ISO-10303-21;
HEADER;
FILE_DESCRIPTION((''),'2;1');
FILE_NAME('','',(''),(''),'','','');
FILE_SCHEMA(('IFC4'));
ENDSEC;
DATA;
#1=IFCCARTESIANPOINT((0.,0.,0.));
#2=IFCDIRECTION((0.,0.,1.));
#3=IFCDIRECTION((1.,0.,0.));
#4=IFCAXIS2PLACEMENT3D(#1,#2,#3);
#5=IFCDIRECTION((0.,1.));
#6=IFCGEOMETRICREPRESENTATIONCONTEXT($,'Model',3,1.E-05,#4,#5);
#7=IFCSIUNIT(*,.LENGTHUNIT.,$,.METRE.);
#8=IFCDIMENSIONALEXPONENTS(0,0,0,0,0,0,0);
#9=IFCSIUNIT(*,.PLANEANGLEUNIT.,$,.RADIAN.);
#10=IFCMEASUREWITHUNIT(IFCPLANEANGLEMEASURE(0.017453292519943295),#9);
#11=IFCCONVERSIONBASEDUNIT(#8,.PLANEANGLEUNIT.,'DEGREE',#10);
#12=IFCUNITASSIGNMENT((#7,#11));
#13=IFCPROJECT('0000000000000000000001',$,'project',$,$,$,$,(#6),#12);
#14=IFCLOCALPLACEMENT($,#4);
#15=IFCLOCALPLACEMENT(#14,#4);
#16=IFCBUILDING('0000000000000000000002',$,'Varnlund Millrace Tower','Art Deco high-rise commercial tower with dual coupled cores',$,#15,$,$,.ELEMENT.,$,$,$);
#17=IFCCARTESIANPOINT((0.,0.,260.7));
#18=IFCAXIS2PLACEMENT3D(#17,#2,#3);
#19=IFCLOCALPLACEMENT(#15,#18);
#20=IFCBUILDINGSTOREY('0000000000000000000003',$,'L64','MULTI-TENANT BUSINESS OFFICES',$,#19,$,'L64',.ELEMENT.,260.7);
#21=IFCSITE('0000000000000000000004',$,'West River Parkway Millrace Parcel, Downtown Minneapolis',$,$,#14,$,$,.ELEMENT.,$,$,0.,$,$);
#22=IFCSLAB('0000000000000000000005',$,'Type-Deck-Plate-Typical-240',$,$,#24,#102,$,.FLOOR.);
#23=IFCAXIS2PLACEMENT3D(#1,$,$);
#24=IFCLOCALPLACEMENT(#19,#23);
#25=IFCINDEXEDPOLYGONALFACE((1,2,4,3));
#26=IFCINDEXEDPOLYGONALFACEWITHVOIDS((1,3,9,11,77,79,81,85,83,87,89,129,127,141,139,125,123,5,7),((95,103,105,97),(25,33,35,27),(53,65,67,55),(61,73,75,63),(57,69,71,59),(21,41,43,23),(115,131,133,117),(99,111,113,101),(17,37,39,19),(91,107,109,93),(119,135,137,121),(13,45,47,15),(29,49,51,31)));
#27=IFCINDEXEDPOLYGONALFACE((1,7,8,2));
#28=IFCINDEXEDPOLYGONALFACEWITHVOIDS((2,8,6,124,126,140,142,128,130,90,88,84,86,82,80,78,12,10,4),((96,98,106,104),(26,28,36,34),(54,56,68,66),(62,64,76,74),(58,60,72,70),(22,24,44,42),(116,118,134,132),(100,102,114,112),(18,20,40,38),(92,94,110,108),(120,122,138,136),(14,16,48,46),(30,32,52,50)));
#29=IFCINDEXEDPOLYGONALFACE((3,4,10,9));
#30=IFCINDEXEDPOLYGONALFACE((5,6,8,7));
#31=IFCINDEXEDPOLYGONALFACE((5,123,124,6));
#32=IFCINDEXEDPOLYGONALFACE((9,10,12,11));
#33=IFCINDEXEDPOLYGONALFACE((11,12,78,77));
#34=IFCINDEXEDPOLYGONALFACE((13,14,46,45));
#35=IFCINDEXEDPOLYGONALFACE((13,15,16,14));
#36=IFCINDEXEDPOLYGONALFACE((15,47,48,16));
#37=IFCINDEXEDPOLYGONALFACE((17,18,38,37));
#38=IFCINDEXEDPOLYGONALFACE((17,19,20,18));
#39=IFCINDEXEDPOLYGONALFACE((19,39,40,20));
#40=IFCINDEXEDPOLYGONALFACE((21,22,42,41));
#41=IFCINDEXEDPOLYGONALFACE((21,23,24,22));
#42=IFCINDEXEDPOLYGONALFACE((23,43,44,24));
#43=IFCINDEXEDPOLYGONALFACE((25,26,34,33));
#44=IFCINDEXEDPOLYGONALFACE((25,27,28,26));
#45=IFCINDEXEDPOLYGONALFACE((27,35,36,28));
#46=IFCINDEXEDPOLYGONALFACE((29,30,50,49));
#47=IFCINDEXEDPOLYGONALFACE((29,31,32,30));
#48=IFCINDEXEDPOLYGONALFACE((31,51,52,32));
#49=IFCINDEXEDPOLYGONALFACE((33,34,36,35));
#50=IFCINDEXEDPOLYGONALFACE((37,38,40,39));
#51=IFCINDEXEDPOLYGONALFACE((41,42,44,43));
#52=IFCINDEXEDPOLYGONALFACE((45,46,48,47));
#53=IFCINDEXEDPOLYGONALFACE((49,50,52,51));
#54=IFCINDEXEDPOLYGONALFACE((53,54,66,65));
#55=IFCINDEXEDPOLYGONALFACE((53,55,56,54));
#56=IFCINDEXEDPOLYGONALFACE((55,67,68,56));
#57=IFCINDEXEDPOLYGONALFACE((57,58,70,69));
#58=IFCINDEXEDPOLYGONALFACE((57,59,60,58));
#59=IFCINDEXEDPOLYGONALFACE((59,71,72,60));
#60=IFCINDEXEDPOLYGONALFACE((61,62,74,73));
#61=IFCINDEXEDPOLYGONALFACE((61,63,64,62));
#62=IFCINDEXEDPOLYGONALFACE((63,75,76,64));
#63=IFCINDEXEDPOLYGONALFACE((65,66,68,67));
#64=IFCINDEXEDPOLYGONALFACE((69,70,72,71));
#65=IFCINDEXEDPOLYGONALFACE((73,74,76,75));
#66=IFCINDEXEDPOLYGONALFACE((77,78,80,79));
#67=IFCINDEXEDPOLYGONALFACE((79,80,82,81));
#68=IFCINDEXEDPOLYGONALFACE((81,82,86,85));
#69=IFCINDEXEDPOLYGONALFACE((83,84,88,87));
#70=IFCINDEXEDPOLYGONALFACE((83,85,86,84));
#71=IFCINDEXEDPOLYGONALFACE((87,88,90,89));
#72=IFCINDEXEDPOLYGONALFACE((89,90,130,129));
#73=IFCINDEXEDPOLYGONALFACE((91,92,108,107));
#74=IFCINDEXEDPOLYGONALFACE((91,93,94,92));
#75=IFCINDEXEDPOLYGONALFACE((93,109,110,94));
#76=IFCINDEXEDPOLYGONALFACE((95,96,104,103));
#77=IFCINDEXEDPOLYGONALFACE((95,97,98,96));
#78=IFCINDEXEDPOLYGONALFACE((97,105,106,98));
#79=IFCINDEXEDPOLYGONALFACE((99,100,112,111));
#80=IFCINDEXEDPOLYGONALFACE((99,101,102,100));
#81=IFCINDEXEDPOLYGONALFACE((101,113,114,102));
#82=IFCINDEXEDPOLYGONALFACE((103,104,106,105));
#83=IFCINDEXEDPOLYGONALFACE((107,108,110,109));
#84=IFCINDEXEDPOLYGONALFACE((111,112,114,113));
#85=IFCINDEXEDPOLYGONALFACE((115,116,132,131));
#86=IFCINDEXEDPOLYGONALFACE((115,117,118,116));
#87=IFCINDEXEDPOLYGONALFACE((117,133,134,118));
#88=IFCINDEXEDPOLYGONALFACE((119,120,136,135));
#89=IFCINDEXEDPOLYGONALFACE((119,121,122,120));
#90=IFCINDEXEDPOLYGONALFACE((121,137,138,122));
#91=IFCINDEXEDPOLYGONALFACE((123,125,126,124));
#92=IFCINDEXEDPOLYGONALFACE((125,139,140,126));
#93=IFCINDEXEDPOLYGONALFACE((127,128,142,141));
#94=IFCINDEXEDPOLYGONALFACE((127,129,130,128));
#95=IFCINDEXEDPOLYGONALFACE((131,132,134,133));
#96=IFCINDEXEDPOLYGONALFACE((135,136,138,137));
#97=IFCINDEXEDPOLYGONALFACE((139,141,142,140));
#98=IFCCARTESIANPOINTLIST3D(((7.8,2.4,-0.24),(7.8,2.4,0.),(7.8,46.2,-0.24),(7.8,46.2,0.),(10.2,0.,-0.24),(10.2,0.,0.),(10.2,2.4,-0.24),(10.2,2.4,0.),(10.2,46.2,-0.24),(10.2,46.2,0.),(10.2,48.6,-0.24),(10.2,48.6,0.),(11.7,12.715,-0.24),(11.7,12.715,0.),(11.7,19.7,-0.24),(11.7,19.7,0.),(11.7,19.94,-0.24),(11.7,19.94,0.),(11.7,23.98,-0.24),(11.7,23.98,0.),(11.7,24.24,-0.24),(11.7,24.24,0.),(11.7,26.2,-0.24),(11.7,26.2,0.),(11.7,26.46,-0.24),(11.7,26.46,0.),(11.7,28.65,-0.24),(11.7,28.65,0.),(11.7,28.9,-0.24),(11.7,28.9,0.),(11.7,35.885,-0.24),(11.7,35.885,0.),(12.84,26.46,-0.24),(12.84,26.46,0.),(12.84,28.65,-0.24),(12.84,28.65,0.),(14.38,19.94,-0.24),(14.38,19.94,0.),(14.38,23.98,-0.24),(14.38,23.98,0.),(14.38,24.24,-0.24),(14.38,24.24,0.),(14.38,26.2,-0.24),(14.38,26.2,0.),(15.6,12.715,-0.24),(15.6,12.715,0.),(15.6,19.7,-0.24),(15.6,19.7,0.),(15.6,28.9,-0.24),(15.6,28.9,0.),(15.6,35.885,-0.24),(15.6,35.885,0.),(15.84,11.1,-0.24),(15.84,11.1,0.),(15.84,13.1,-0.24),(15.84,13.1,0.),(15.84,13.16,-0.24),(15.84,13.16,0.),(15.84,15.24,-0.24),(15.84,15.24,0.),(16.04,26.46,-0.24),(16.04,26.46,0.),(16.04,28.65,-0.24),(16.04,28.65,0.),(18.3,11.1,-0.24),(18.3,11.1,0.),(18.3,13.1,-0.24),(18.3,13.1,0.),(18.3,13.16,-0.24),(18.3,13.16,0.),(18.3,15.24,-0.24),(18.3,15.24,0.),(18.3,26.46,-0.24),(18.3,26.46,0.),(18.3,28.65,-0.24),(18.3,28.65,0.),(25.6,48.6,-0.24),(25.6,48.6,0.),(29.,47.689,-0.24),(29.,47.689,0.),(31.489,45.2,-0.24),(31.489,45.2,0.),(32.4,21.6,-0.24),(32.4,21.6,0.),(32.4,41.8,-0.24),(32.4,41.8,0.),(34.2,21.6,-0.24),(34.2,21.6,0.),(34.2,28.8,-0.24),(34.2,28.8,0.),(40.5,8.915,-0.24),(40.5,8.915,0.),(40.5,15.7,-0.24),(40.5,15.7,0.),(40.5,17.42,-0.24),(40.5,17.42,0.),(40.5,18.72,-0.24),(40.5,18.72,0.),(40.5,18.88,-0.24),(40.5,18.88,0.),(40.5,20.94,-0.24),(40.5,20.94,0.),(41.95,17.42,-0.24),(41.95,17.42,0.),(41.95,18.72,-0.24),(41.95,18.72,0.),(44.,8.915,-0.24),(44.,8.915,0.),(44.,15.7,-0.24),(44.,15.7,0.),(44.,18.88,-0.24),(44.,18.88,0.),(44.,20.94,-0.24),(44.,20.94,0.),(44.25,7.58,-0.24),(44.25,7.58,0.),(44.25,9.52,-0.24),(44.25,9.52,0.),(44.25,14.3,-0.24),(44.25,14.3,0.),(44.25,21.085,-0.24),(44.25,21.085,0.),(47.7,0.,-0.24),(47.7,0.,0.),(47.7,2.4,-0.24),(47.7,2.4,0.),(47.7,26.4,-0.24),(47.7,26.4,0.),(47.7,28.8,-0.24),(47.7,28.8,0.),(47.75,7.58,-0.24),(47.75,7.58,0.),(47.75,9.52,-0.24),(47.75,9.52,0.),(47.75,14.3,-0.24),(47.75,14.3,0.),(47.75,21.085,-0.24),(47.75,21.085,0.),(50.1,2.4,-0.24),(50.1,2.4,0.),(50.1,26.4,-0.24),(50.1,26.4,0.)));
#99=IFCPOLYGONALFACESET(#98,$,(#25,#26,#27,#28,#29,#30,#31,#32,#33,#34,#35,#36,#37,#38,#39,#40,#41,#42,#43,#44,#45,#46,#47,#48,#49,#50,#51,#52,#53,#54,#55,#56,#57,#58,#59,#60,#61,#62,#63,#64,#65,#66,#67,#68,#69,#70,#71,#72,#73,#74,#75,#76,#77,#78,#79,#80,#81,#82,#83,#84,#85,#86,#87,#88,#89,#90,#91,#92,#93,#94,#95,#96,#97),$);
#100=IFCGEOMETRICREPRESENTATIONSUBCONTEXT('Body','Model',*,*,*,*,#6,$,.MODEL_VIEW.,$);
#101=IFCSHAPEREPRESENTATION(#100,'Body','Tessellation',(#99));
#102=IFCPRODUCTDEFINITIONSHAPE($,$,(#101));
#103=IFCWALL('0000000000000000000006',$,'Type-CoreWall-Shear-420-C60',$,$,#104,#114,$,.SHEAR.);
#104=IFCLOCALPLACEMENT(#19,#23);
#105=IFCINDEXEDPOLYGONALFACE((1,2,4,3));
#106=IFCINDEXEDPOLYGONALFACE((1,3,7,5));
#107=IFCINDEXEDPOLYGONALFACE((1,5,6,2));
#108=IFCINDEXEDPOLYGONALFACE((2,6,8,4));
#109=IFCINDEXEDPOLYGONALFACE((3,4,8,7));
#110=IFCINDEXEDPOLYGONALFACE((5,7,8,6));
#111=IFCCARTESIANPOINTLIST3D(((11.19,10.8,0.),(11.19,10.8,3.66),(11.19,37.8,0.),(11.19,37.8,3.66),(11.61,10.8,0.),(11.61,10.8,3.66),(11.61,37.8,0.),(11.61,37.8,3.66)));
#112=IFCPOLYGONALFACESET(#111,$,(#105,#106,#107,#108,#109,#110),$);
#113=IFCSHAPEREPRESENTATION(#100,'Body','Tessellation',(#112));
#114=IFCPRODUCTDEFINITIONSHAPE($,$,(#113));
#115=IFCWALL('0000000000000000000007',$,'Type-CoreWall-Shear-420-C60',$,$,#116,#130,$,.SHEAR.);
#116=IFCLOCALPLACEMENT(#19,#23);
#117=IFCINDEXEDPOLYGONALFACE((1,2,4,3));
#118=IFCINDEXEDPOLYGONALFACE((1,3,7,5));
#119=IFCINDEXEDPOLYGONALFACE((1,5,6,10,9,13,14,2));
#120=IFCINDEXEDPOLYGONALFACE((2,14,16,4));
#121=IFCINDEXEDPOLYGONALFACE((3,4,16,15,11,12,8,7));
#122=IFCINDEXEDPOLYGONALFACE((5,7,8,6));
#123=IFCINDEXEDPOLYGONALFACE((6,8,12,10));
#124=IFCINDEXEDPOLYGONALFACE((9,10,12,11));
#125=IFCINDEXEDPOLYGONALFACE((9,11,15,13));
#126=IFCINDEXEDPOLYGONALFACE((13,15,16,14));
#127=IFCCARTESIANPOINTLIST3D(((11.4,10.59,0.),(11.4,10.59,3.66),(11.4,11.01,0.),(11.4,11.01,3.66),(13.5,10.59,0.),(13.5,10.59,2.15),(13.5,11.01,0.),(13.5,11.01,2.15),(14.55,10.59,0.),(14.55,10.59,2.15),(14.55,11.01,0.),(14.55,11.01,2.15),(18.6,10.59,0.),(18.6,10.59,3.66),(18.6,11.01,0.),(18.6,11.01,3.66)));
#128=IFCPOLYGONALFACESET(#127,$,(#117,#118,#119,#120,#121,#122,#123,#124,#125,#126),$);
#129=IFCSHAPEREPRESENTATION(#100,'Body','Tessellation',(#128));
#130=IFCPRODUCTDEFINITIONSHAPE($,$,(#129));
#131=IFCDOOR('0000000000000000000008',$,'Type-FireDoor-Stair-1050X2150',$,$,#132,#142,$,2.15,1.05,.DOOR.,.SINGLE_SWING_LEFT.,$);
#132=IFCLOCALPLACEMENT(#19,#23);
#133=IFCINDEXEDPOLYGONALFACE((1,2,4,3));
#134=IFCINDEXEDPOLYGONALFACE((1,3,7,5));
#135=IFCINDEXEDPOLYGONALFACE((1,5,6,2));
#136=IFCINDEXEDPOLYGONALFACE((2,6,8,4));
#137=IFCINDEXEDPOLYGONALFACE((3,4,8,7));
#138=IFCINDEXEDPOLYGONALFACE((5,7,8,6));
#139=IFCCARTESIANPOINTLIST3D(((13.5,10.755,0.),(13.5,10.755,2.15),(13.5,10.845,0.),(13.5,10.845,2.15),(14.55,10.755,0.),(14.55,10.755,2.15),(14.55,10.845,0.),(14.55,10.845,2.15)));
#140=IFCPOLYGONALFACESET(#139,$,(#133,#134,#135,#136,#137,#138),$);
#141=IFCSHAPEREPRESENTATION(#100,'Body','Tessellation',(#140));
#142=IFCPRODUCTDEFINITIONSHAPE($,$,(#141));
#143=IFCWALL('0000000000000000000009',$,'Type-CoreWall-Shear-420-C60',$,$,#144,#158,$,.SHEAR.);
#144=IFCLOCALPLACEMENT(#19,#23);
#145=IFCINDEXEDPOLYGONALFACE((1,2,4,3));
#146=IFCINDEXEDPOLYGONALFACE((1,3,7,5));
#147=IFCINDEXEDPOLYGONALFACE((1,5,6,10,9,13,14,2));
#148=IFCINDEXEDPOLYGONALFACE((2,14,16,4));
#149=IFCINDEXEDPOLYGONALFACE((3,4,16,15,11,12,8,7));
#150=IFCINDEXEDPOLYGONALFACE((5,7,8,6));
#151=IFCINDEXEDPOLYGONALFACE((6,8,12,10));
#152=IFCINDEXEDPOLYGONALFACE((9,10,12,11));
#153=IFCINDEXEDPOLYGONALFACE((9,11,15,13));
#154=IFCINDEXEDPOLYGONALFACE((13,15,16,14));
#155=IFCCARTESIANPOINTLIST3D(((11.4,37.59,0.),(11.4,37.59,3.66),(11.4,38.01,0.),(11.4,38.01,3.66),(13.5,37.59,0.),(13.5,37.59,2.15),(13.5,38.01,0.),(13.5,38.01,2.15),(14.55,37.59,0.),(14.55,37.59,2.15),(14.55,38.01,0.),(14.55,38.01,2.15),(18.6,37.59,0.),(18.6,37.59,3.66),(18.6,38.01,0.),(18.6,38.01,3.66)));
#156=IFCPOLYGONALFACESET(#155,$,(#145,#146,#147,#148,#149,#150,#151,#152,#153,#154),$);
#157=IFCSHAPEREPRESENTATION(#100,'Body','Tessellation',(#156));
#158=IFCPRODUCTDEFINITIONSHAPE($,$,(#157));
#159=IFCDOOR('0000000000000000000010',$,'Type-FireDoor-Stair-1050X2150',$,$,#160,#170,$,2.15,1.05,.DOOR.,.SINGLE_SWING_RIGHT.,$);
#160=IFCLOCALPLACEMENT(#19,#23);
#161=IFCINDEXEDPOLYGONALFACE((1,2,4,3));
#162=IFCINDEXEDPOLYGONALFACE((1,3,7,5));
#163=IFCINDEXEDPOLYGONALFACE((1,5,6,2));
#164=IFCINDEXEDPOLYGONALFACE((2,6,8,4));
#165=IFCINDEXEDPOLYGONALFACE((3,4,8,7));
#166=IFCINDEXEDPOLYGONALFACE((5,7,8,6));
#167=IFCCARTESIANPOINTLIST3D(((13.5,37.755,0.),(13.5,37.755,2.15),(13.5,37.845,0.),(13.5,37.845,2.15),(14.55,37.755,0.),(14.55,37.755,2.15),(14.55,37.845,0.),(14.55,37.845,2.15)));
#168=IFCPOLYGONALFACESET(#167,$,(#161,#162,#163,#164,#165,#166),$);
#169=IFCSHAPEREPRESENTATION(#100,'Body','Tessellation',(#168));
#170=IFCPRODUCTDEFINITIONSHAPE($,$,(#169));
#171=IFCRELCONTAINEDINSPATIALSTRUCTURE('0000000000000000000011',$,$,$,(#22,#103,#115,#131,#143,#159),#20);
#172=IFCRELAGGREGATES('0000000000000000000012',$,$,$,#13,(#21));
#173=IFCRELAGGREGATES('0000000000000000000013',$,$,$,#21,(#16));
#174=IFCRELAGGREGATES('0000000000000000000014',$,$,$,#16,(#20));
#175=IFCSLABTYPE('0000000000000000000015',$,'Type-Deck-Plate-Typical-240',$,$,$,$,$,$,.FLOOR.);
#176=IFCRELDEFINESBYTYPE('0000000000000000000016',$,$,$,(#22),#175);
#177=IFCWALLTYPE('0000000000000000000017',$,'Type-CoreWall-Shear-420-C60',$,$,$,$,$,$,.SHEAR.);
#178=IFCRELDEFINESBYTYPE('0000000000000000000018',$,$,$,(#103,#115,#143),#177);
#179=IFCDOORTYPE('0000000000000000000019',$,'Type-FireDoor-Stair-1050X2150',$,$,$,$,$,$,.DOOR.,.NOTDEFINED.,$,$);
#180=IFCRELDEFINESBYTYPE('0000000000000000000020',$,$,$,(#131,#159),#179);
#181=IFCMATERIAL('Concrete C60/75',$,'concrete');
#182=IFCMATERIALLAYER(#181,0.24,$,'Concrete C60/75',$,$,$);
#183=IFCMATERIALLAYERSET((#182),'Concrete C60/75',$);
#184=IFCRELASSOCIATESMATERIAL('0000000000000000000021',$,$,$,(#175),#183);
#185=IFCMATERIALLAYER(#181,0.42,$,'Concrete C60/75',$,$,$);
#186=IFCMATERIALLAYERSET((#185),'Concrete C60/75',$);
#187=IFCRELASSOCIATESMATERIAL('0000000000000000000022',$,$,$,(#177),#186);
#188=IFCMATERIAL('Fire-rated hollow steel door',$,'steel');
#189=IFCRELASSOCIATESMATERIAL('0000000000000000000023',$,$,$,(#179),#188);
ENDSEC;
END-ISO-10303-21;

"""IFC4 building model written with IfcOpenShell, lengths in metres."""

from ifc_helpers import new_model, entity, si_unit, converted_unit, direction, frame, origin_with_axes, origin_2d_with_axis, place, context, subcontext, project, spatial, polyline, rectangle, outline, extrude, material, layer, layer_set, type_object, element, fill, save


model = new_model("IFC4")

# Units and contexts
model_context = context("Model", 3, precision=1e-05, world=origin_with_axes(), true_north=direction((0.0, 1.0)))
body_context = subcontext(model_context, "Body", "Model", "MODEL_VIEW")
ifc_project = project(units=[si_unit("LENGTHUNIT", "METRE"), converted_unit("PLANEANGLEUNIT", "DEGREE", entity("IfcPlaneAngleMeasure", 0.017453292519943295), si_unit("PLANEANGLEUNIT", "RADIAN"), dimensions=[0, 0, 0, 0, 0, 0, 0])], contexts=[model_context])

# Site, building, storey
site_placement = place(None, origin_with_axes())
site = spatial("IfcSite", under=ifc_project, at=site_placement, Name="West River Parkway Millrace Parcel, Downtown Minneapolis", CompositionType="ELEMENT", RefElevation=0.0)
building_placement = place(site_placement, origin_with_axes())
building = spatial("IfcBuilding", under=site, at=building_placement, Name="Varnlund Millrace Tower", Description="Art Deco high-rise commercial tower with dual coupled cores", CompositionType="ELEMENT")
storey_placement = place(building_placement, frame((0.0, 0.0, 260.7), z_axis=(0.0, 0.0, 1.0), x_axis=(1.0, 0.0, 0.0)))
storey = spatial("IfcBuildingStorey", under=building, at=storey_placement, Name="L64", Description="MULTI-TENANT BUSINESS OFFICES", LongName="L64", CompositionType="ELEMENT", Elevation=260.7)

# Slab
ifc_material_1 = material(Name="Concrete C60/75", Category="concrete")
ifc_layer_1 = layer(ifc_material_1, 0.24, Name="Concrete C60/75")
ifc_layer_set_1 = layer_set([ifc_layer_1], Name="Concrete C60/75")
slab_type = type_object("IfcSlabType", Name="Type-Deck-Plate-Typical-240", PredefinedType="FLOOR", material=ifc_layer_set_1)
slab_placement = place(storey_placement, frame((0.0, 0.0, -0.24), z_axis=(0.0, 0.0, 1.0), x_axis=(1.0, 0.0, 0.0)))
element("IfcSlab", 1, at=slab_placement, inside=storey, type_object=slab_type, Name="Type-Deck-Plate-Typical-240", PredefinedType="FLOOR", context=body_context, shape_type="SweptSolid", body=[
    extrude(outline(polyline([(32.4, 21.6), (32.4, 41.8), (31.489, 45.2), (29.0, 47.689), (25.6, 48.6), (10.2, 48.6), (10.2, 46.2), (7.8, 46.2), (7.8, 2.4), (10.2, 2.4), (10.2, 0.0), (47.7, 0.0), (47.7, 2.4), (50.1, 2.4), (50.1, 26.4), (47.7, 26.4), (47.7, 28.8), (34.2, 28.8), (34.2, 21.6), (32.4, 21.6)]), holes=[polyline([(18.3, 13.1), (18.3, 11.1), (15.84, 11.1), (15.84, 13.1), (18.3, 13.1)]), polyline([(15.6, 12.715), (11.7, 12.715), (11.7, 19.7), (15.6, 19.7), (15.6, 12.715)]), polyline([(11.7, 19.94), (11.7, 23.98), (14.38, 23.98), (14.38, 19.94), (11.7, 19.94)]), polyline([(14.38, 24.24), (11.7, 24.24), (11.7, 26.2), (14.38, 26.2), (14.38, 24.24)]), polyline([(12.84, 26.46), (11.7, 26.46), (11.7, 28.65), (12.84, 28.65), (12.84, 26.46)]), polyline([(15.6, 28.9), (11.7, 28.9), (11.7, 35.885), (15.6, 35.885), (15.6, 28.9)]), polyline([(47.75, 9.52), (47.75, 7.58), (44.25, 7.58), (44.25, 9.52), (47.75, 9.52)]), polyline([(44.0, 8.915), (40.5, 8.915), (40.5, 15.7), (44.0, 15.7), (44.0, 8.915)]), polyline([(18.3, 13.16), (15.84, 13.16), (15.84, 15.24), (18.3, 15.24), (18.3, 13.16)]), polyline([(47.75, 14.3), (44.25, 14.3), (44.25, 21.085), (47.75, 21.085), (47.75, 14.3)]), polyline([(41.95, 17.42), (40.5, 17.42), (40.5, 18.72), (41.95, 18.72), (41.95, 17.42)]), polyline([(44.0, 18.88), (40.5, 18.88), (40.5, 20.94), (44.0, 20.94), (44.0, 18.88)]), polyline([(18.3, 26.46), (16.04, 26.46), (16.04, 28.65), (18.3, 28.65), (18.3, 26.46)])]), origin_with_axes(), (0.0, 0.0, 1.0), 0.24),
])

# Wall
ifc_layer_2 = layer(ifc_material_1, 0.42, Name="Concrete C60/75")
ifc_layer_set_2 = layer_set([ifc_layer_2], Name="Concrete C60/75")
wall_type_1 = type_object("IfcWallType", Name="Type-CoreWall-Shear-420-C60", PredefinedType="SHEAR", material=ifc_layer_set_2)
wall_1_placement = place(storey_placement, frame((11.4, 10.8, 0.0), z_axis=(0.0, 0.0, 1.0), x_axis=(0.0, 1.0, 0.0)))
element("IfcWall", 2, at=wall_1_placement, inside=storey, type_object=wall_type_1, Name="Type-CoreWall-Shear-420-C60", PredefinedType="SHEAR", context=body_context, shape_type="SweptSolid", body=[
    extrude(outline(polyline([(0.0, -0.21), (27.0, -0.21), (27.0, 0.21), (0.0, 0.21), (0.0, -0.21)])), origin_with_axes(), (0.0, 0.0, 1.0), 3.66),
])

# Walls, openings, doors
wall_2_placement = place(storey_placement, frame((11.4, 10.8, 0.0), z_axis=(0.0, 0.0, 1.0), x_axis=(1.0, 0.0, 0.0)))
wall_2 = element("IfcWall", 3, at=wall_2_placement, inside=storey, type_object=wall_type_1, Name="Type-CoreWall-Shear-420-C60", PredefinedType="SHEAR", context=body_context, shape_type="SweptSolid", body=[
    extrude(outline(polyline([(0.0, -0.21), (7.2, -0.21), (7.2, 0.21), (0.0, 0.21), (0.0, -0.21)])), origin_with_axes(), (0.0, 0.0, 1.0), 3.66),
])
opening_1_placement = place(wall_2_placement, frame((2.625, 0.0, 0.0), z_axis=(0.0, 0.0, 1.0), x_axis=(1.0, 0.0, 0.0)))
opening_1 = element("IfcOpeningElement", 4, at=opening_1_placement, cuts=wall_2, PredefinedType="OPENING", context=body_context, shape_type="SweptSolid", body=[
    extrude(rectangle(XDim=1.05, YDim=0.44, at=origin_2d_with_axis()), origin_with_axes(), (0.0, 0.0, 1.0), 2.15),
])
ifc_material_2 = material(Name="Fire-rated hollow steel door", Category="steel")
door_type_1 = type_object("IfcDoorType", Name="Type-FireDoor-Stair-1050X2150", OperationType="NOTDEFINED", PredefinedType="DOOR", material=ifc_material_2)
door_1_placement = place(wall_2_placement, frame((2.625, 0.0, 0.0), z_axis=(0.0, 0.0, 1.0), x_axis=(1.0, 0.0, 0.0)))
door_1 = element("IfcDoor", 5, at=door_1_placement, inside=storey, type_object=door_type_1, Name="Type-FireDoor-Stair-1050X2150", OperationType="SINGLE_SWING_LEFT", OverallHeight=2.15, OverallWidth=1.05, PredefinedType="DOOR", context=body_context, shape_type="SweptSolid", body=[
    extrude(rectangle(XDim=1.05, YDim=0.09, at=origin_2d_with_axis()), origin_with_axes(), (0.0, 0.0, 1.0), 2.15),
])
fill(opening_1, door_1)
wall_3_placement = place(storey_placement, frame((11.4, 37.8, 0.0), z_axis=(0.0, 0.0, 1.0), x_axis=(1.0, 0.0, 0.0)))
wall_3 = element("IfcWall", 6, at=wall_3_placement, inside=storey, type_object=wall_type_1, Name="Type-CoreWall-Shear-420-C60", PredefinedType="SHEAR", context=body_context, shape_type="SweptSolid", body=[
    extrude(outline(polyline([(0.0, -0.21), (7.2, -0.21), (7.2, 0.21), (0.0, 0.21), (0.0, -0.21)])), origin_with_axes(), (0.0, 0.0, 1.0), 3.66),
])
opening_2_placement = place(wall_3_placement, frame((2.625, 0.0, 0.0), z_axis=(0.0, 0.0, 1.0), x_axis=(1.0, 0.0, 0.0)))
opening_2 = element("IfcOpeningElement", 7, at=opening_2_placement, cuts=wall_3, PredefinedType="OPENING", context=body_context, shape_type="SweptSolid", body=[
    extrude(rectangle(XDim=1.05, YDim=0.44, at=origin_2d_with_axis()), origin_with_axes(), (0.0, 0.0, 1.0), 2.15),
])
door_2_placement = place(wall_3_placement, frame((2.625, 0.0, 0.0), z_axis=(0.0, 0.0, 1.0), x_axis=(1.0, 0.0, 0.0)))
door_2 = element("IfcDoor", 8, at=door_2_placement, inside=storey, type_object=door_type_1, Name="Type-FireDoor-Stair-1050X2150", OperationType="SINGLE_SWING_RIGHT", OverallHeight=2.15, OverallWidth=1.05, PredefinedType="DOOR", context=body_context, shape_type="SweptSolid", body=[
    extrude(rectangle(XDim=1.05, YDim=0.09, at=origin_2d_with_axis()), origin_with_axes(), (0.0, 0.0, 1.0), 2.15),
])
fill(opening_2, door_2)

save(model, "model.ifc")
